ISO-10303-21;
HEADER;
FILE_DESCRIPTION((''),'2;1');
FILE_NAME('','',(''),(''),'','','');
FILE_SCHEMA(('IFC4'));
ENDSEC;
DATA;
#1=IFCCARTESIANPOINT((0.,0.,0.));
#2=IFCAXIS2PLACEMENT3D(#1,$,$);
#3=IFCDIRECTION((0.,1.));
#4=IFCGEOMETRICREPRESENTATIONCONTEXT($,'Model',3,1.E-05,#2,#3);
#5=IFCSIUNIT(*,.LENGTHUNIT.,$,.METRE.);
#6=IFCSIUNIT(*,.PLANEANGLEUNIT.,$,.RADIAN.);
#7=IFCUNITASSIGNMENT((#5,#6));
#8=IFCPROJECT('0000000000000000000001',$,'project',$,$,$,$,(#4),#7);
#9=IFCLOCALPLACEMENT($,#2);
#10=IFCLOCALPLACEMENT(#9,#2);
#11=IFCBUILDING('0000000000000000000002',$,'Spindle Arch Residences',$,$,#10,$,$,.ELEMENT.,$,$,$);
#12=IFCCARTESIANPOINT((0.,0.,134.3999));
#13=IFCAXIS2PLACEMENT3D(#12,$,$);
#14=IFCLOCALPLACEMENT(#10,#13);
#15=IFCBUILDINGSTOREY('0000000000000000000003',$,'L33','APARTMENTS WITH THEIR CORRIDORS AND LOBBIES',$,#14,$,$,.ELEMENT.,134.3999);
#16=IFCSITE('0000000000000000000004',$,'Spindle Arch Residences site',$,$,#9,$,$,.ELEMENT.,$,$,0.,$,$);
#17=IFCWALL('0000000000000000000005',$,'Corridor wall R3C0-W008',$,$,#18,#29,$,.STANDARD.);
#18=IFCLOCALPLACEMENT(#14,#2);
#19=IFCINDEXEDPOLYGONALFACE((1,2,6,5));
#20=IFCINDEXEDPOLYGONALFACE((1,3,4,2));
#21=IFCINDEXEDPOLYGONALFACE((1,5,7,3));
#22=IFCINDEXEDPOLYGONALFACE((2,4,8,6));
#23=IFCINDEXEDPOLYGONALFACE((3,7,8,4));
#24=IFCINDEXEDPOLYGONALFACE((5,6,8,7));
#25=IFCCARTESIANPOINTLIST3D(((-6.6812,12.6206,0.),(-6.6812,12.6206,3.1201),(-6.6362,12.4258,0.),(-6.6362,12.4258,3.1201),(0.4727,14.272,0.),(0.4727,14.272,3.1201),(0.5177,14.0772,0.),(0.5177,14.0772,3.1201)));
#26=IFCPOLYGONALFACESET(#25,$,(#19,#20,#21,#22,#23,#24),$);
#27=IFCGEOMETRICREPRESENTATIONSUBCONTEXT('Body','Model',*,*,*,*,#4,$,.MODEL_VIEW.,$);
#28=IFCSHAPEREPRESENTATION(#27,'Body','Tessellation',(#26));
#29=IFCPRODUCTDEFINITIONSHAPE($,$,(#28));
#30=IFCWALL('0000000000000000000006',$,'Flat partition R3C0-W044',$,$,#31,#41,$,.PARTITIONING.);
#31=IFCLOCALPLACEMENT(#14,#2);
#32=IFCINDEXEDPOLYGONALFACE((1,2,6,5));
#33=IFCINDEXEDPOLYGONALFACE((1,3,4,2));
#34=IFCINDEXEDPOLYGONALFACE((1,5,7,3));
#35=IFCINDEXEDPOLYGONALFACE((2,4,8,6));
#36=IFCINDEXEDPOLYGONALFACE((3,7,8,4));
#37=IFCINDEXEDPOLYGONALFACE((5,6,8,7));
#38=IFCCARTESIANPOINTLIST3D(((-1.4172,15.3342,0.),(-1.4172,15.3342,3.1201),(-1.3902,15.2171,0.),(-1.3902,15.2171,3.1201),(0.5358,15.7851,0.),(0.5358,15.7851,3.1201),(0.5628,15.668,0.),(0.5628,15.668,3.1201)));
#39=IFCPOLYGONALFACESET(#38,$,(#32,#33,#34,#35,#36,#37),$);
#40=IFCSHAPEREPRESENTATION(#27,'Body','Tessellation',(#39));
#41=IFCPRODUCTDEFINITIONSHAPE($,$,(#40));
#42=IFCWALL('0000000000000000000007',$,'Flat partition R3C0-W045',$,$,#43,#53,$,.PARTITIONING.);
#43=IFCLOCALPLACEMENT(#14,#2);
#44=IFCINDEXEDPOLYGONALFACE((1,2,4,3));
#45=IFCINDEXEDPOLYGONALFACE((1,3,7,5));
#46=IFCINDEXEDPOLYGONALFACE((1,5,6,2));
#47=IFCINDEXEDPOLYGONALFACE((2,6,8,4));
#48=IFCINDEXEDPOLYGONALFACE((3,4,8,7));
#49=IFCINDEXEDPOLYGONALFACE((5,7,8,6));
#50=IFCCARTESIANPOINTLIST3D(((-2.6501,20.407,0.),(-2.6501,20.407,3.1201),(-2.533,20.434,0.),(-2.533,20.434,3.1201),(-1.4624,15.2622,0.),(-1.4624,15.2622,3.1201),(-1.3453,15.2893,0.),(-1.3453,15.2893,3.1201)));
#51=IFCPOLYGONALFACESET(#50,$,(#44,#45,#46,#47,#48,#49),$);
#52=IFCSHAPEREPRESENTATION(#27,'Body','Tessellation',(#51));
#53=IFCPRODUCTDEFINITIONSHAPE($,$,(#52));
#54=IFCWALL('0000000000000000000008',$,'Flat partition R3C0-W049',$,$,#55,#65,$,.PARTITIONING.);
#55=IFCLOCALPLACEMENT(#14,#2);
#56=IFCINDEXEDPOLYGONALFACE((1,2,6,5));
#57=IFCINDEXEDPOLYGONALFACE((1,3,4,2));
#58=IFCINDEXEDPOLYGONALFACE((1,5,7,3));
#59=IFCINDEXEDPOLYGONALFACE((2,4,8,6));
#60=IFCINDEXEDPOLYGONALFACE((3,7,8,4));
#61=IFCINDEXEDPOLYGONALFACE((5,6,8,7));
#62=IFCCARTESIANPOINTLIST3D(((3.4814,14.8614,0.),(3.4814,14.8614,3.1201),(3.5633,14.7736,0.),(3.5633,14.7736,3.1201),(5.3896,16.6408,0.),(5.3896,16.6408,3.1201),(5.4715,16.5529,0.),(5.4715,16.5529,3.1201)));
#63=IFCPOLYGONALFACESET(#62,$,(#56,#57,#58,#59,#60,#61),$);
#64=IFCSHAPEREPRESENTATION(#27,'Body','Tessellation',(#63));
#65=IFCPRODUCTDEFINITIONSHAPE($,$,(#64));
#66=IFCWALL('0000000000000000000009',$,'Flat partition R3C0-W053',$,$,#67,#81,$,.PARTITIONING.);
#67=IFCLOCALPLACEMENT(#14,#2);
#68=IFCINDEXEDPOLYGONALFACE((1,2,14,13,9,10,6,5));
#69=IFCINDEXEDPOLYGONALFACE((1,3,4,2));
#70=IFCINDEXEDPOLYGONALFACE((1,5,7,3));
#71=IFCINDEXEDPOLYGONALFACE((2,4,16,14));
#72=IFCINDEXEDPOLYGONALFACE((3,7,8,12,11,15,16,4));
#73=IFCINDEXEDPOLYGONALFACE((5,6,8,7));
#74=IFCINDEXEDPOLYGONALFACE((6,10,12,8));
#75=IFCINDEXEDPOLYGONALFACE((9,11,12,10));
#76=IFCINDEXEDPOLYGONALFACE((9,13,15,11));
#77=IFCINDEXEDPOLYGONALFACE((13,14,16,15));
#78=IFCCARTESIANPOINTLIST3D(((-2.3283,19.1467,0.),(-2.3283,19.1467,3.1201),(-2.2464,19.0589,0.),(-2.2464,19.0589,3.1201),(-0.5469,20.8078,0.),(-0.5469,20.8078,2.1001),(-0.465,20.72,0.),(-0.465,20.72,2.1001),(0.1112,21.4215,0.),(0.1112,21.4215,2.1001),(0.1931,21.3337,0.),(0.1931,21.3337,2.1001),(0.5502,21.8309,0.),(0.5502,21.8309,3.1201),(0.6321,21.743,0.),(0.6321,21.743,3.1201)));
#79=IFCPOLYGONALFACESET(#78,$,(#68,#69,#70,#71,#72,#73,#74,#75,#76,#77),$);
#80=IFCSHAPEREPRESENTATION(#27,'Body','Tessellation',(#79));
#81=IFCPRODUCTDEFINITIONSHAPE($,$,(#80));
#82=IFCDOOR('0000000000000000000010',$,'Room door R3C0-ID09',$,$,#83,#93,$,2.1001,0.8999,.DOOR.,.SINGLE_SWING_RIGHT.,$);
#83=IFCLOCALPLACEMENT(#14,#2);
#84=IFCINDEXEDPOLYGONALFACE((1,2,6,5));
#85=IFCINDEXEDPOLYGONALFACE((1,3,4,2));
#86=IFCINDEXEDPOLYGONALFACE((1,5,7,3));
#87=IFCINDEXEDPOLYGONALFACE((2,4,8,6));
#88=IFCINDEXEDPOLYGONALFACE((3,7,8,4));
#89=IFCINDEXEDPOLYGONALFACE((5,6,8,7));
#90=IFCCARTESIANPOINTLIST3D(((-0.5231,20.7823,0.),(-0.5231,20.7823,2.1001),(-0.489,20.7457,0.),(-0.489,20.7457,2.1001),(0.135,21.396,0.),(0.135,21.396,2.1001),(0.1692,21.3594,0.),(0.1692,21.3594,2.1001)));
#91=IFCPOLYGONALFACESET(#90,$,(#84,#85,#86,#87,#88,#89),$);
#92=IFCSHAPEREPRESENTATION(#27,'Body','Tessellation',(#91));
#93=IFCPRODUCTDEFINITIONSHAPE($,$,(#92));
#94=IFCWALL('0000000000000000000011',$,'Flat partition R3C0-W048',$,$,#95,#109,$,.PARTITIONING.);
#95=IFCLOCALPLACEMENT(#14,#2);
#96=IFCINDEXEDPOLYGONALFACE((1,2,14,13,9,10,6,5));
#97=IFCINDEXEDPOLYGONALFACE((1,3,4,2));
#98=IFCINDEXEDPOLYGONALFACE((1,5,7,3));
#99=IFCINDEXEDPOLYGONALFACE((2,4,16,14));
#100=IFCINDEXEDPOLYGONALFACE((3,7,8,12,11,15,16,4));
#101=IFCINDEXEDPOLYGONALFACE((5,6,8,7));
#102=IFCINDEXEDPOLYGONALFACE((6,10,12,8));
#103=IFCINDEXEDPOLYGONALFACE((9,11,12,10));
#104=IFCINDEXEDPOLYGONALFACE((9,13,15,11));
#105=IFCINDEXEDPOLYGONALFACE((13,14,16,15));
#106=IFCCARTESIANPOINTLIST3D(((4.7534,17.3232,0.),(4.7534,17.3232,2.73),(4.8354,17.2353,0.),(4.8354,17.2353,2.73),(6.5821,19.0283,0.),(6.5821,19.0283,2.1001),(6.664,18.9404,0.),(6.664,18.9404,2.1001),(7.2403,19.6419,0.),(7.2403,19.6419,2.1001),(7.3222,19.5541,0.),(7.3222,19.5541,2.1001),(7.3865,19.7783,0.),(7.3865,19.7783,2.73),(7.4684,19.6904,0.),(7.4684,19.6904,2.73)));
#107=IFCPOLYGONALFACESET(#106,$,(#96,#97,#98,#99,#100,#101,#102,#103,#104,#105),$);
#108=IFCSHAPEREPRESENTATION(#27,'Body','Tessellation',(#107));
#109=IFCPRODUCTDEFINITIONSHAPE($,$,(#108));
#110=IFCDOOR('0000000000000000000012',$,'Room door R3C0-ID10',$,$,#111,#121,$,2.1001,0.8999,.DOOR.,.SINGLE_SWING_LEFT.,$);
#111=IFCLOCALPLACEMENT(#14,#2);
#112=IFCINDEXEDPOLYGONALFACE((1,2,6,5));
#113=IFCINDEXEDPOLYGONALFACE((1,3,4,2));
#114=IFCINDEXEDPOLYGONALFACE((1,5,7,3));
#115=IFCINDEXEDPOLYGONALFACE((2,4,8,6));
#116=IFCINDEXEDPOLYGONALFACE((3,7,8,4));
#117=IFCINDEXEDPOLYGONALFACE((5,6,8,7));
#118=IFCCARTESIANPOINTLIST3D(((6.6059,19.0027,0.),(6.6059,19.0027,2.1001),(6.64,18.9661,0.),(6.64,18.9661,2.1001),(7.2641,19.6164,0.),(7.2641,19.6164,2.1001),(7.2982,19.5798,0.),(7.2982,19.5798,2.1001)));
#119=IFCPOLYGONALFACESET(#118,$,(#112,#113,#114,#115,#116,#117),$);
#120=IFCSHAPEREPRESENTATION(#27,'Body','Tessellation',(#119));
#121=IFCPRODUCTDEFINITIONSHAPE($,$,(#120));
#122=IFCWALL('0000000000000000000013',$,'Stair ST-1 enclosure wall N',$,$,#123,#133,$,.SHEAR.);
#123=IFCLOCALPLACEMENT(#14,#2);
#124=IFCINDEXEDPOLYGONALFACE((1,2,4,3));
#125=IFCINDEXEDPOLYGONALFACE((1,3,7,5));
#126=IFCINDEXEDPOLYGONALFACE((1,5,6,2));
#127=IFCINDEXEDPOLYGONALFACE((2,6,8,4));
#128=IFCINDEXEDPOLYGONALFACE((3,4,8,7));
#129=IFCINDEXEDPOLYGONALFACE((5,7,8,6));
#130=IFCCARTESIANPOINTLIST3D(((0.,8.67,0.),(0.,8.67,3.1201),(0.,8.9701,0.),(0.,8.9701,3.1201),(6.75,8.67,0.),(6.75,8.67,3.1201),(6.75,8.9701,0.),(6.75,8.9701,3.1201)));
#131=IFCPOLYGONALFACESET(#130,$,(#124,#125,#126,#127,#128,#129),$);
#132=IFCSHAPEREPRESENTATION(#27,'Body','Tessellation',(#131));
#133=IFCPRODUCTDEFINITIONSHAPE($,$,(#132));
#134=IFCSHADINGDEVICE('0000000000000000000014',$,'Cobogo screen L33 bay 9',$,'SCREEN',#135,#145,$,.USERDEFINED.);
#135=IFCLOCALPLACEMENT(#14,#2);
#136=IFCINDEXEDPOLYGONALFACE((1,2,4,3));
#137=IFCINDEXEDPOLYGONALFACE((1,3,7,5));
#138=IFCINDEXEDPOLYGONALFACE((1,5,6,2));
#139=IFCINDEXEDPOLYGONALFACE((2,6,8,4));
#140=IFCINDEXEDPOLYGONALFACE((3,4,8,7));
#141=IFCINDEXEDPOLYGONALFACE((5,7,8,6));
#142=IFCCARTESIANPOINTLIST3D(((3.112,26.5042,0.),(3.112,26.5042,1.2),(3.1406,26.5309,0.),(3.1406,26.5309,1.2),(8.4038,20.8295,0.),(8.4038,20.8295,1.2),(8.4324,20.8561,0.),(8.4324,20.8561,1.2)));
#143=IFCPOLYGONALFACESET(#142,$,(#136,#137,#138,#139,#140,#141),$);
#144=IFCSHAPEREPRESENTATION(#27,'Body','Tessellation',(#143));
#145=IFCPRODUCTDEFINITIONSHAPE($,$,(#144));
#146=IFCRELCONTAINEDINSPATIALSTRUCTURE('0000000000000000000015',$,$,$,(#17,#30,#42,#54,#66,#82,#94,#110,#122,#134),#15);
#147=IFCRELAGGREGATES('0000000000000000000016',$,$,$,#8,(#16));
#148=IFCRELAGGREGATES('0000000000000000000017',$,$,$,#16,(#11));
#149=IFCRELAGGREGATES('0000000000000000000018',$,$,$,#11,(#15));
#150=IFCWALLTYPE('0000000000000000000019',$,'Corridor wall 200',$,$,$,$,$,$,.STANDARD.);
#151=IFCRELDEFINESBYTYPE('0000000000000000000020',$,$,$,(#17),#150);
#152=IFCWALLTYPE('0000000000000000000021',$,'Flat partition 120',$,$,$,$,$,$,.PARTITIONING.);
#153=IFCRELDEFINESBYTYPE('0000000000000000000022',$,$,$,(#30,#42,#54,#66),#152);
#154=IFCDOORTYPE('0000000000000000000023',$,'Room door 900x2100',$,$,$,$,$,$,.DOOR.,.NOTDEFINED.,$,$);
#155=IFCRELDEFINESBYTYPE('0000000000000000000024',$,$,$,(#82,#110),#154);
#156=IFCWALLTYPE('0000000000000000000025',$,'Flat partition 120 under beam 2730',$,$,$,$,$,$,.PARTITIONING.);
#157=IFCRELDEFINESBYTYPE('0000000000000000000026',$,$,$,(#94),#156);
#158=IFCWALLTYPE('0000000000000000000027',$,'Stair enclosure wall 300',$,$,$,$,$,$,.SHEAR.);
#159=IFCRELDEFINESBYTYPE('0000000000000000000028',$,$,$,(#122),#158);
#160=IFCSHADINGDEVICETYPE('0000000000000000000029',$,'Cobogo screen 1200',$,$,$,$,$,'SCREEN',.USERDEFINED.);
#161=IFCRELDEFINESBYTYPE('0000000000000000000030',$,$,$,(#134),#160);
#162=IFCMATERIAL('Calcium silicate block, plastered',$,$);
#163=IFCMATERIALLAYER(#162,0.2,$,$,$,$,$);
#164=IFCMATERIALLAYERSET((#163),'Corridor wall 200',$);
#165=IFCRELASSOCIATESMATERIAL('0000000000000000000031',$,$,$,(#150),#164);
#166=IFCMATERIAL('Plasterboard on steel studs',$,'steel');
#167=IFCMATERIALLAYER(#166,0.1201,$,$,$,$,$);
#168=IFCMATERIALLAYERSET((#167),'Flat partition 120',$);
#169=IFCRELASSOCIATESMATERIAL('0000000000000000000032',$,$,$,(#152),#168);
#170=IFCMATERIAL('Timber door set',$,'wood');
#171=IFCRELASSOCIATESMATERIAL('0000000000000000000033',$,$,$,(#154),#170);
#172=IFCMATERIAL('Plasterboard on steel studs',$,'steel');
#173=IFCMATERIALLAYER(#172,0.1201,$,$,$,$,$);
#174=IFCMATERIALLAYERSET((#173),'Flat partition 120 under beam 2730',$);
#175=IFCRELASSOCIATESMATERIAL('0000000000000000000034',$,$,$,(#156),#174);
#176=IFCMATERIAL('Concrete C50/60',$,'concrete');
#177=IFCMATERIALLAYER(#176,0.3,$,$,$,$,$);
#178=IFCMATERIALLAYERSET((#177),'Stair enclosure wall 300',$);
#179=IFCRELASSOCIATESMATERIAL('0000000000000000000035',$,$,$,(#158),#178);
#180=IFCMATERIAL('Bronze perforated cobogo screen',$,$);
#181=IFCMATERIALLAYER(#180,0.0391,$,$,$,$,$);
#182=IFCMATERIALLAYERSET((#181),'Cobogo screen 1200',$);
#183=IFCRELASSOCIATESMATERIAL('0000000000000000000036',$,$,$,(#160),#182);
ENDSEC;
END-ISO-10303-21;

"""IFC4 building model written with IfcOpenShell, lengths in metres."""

from ifc_helpers import new_model, si_unit, direction, frame, frame_2d, origin, origin_2d, place, context, subcontext, project, spatial, rectangle, extrude, material, layer, layer_set, type_object, element, fill, save


model = new_model("IFC4")

# Units and contexts
model_context = context("Model", 3, precision=1e-05, world=origin(), true_north=direction((0.0, 1.0)))
body_context = subcontext(model_context, "Body", "Model", "MODEL_VIEW")
ifc_project = project(units=[si_unit("LENGTHUNIT", "METRE"), si_unit("PLANEANGLEUNIT", "RADIAN")], contexts=[model_context])

# Site, building, storey
site_placement = place(None, origin())
site = spatial("IfcSite", under=ifc_project, at=site_placement, Name="Spindle Arch Residences site", CompositionType="ELEMENT", RefElevation=0.0)
building_placement = place(site_placement, origin())
building = spatial("IfcBuilding", under=site, at=building_placement, Name="Spindle Arch Residences", CompositionType="ELEMENT")
storey_placement = place(building_placement, frame((0.0, 0.0, 134.3999)))
storey = spatial("IfcBuildingStorey", under=building, at=storey_placement, Name="L33", Description="APARTMENTS WITH THEIR CORRIDORS AND LOBBIES", CompositionType="ELEMENT", Elevation=134.3999)

# Walls
ifc_material_1 = material(Name="Calcium silicate block, plastered")
ifc_layer_1 = layer(ifc_material_1, 0.2)
ifc_layer_set_1 = layer_set([ifc_layer_1], Name="Corridor wall 200")
wall_type_1 = type_object("IfcWallType", Name="Corridor wall 200", PredefinedType="STANDARD", material=ifc_layer_set_1)
wall_1_placement = place(storey_placement, frame((0.4951, 14.1746, 0.0), z_axis=(0.0, 0.0, 1.0), x_axis=(-0.974377, -0.224923, 0.0)))
element("IfcWall", 1, at=wall_1_placement, inside=storey, type_object=wall_type_1, Name="Corridor wall R3C0-W008", PredefinedType="STANDARD", context=body_context, shape_type="SweptSolid", body=[
    extrude(rectangle(XDim=7.342, YDim=0.2, at=frame_2d((3.6709, 0.0))), origin(), (0.0, 0.0, 1.0), 3.1201),
])
ifc_material_2 = material(Name="Plasterboard on steel studs", Category="steel")
ifc_layer_2 = layer(ifc_material_2, 0.1201)
ifc_layer_set_2 = layer_set([ifc_layer_2], Name="Flat partition 120")
wall_type_2 = type_object("IfcWallType", Name="Flat partition 120", PredefinedType="PARTITIONING", material=ifc_layer_set_2)
wall_2_placement = place(storey_placement, frame((0.5493, 15.7266, 0.0), z_axis=(0.0, 0.0, 1.0), x_axis=(-0.974369, -0.224957, 0.0)))
element("IfcWall", 2, at=wall_2_placement, inside=storey, type_object=wall_type_2, Name="Flat partition R3C0-W044", PredefinedType="PARTITIONING", context=body_context, shape_type="SweptSolid", body=[
    extrude(rectangle(XDim=2.0044, YDim=0.1201, at=frame_2d((1.0022, 0.0))), origin(), (0.0, 0.0, 1.0), 3.1201),
])
wall_3_placement = place(storey_placement, frame((-1.4038, 15.2756, 0.0), z_axis=(0.0, 0.0, 1.0), x_axis=(-0.224947, 0.974371, 0.0)))
element("IfcWall", 3, at=wall_3_placement, inside=storey, type_object=wall_type_2, Name="Flat partition R3C0-W045", PredefinedType="PARTITIONING", context=body_context, shape_type="SweptSolid", body=[
    extrude(rectangle(XDim=5.28, YDim=0.1201, at=frame_2d((2.6401, 0.0))), origin(), (0.0, 0.0, 1.0), 3.1201),
])
wall_4_placement = place(storey_placement, frame((5.4307, 16.5969, 0.0), z_axis=(0.0, 0.0, 1.0), x_axis=(-0.731379, -0.681971, 0.0)))
element("IfcWall", 4, at=wall_4_placement, inside=storey, type_object=wall_type_2, Name="Flat partition R3C0-W049", PredefinedType="PARTITIONING", context=body_context, shape_type="SweptSolid", body=[
    extrude(rectangle(XDim=2.6091, YDim=0.1201, at=frame_2d((1.3047, 0.0))), origin(), (0.0, 0.0, 1.0), 3.1201),
])

# Walls, openings, doors
wall_5_placement = place(storey_placement, frame((0.5911, 21.7869, 0.0), z_axis=(0.0, 0.0, 1.0), x_axis=(-0.731365, -0.681987, 0.0)))
wall_5 = element("IfcWall", 5, at=wall_5_placement, inside=storey, type_object=wall_type_2, Name="Flat partition R3C0-W053", PredefinedType="PARTITIONING", context=body_context, shape_type="SweptSolid", body=[
    extrude(rectangle(XDim=3.9358, YDim=0.1201, at=frame_2d((1.9678, 0.0))), origin(), (0.0, 0.0, 1.0), 3.1201),
])
opening_1_placement = place(wall_5_placement, frame((0.6001, 0.0, 0.0)))
opening_1 = element("IfcOpeningElement", 6, at=opening_1_placement, cuts=wall_5, PredefinedType="OPENING", context=body_context, shape_type="SweptSolid", body=[
    extrude(rectangle(XDim=0.8999, YDim=2.1001, at=frame_2d((0.45, 1.05))), frame((0.0, 0.0701, 0.0), z_axis=(0.0, -1.0, 0.0), x_axis=(1.0, 0.0, 0.0)), (0.0, 0.0, 1.0), 0.1401),
])
ifc_material_3 = material(Name="Timber door set", Category="wood")
door_type_1 = type_object("IfcDoorType", Name="Room door 900x2100", OperationType="NOTDEFINED", PredefinedType="DOOR", material=ifc_material_3)
door_1_placement = place(opening_1_placement, origin())
door_1 = element("IfcDoor", 7, at=door_1_placement, inside=storey, type_object=door_type_1, Name="Room door R3C0-ID09", OperationType="SINGLE_SWING_RIGHT", OverallHeight=2.1001, OverallWidth=0.8999, PredefinedType="DOOR", context=body_context, shape_type="SweptSolid", body=[
    extrude(rectangle(XDim=0.8999, YDim=2.1001, at=frame_2d((0.45, 1.05))), frame((0.0, 0.0249, 0.0), z_axis=(0.0, -1.0, 0.0), x_axis=(1.0, 0.0, 0.0)), (0.0, 0.0, 1.0), 0.05),
])
fill(opening_1, door_1)
ifc_material_4 = material(Name="Plasterboard on steel studs", Category="steel")
ifc_layer_3 = layer(ifc_material_4, 0.1201)
ifc_layer_set_3 = layer_set([ifc_layer_3], Name="Flat partition 120 under beam 2730")
wall_type_3 = type_object("IfcWallType", Name="Flat partition 120 under beam 2730", PredefinedType="PARTITIONING", material=ifc_layer_set_3)
wall_6_placement = place(storey_placement, frame((7.4275, 19.7344, 0.0), z_axis=(0.0, 0.0, 1.0), x_axis=(-0.731393, -0.681956, 0.0)))
wall_6 = element("IfcWall", 8, at=wall_6_placement, inside=storey, type_object=wall_type_3, Name="Flat partition R3C0-W048", PredefinedType="PARTITIONING", context=body_context, shape_type="SweptSolid", body=[
    extrude(rectangle(XDim=3.6001, YDim=0.1201, at=frame_2d((1.8, 0.0))), origin(), (0.0, 0.0, 1.0), 2.73),
])
opening_2_placement = place(wall_6_placement, frame((0.2, 0.0, 0.0)))
opening_2 = element("IfcOpeningElement", 9, at=opening_2_placement, cuts=wall_6, PredefinedType="OPENING", context=body_context, shape_type="SweptSolid", body=[
    extrude(rectangle(XDim=0.8999, YDim=2.1001, at=frame_2d((0.45, 1.05))), frame((0.0, 0.0701, 0.0), z_axis=(0.0, -1.0, 0.0), x_axis=(1.0, 0.0, 0.0)), (0.0, 0.0, 1.0), 0.1401),
])
door_2_placement = place(opening_2_placement, origin())
door_2 = element("IfcDoor", 10, at=door_2_placement, inside=storey, type_object=door_type_1, Name="Room door R3C0-ID10", OperationType="SINGLE_SWING_LEFT", OverallHeight=2.1001, OverallWidth=0.8999, PredefinedType="DOOR", context=body_context, shape_type="SweptSolid", body=[
    extrude(rectangle(XDim=0.8999, YDim=2.1001, at=frame_2d((0.45, 1.05))), frame((0.0, 0.0249, 0.0), z_axis=(0.0, -1.0, 0.0), x_axis=(1.0, 0.0, 0.0)), (0.0, 0.0, 1.0), 0.05),
])
fill(opening_2, door_2)

# Wall
ifc_material_5 = material(Name="Concrete C50/60", Category="concrete")
ifc_layer_4 = layer(ifc_material_5, 0.3)
ifc_layer_set_4 = layer_set([ifc_layer_4], Name="Stair enclosure wall 300")
wall_type_4 = type_object("IfcWallType", Name="Stair enclosure wall 300", PredefinedType="SHEAR", material=ifc_layer_set_4)
wall_7_placement = place(storey_placement, frame((0.0, 8.8201, 0.0), z_axis=(0.0, 0.0, 1.0), x_axis=(1.0, 0.0, 0.0)))
element("IfcWall", 11, at=wall_7_placement, inside=storey, type_object=wall_type_4, Name="Stair ST-1 enclosure wall N", PredefinedType="SHEAR", context=body_context, shape_type="SweptSolid", body=[
    extrude(rectangle(XDim=6.75, YDim=0.3, at=frame_2d((3.375, 0.0))), origin(), (0.0, 0.0, 1.0), 3.1201),
])

# Shading device
ifc_material_6 = material(Name="Bronze perforated cobogo screen")
ifc_layer_5 = layer(ifc_material_6, 0.0391)
ifc_layer_set_5 = layer_set([ifc_layer_5], Name="Cobogo screen 1200")
shading_device_type = type_object("IfcShadingDeviceType", Name="Cobogo screen 1200", ElementType="SCREEN", PredefinedType="USERDEFINED", material=ifc_layer_set_5)
shading_device_placement = place(storey_placement, frame((5.7722, 23.6802, 0.0), z_axis=(0.0, 0.0, 1.0), x_axis=(-0.681998, 0.731354, 0.0)))
element("IfcShadingDevice", 12, at=shading_device_placement, inside=storey, type_object=shading_device_type, Name="Cobogo screen L33 bay 9", ObjectType="SCREEN", PredefinedType="USERDEFINED", context=body_context, shape_type="SweptSolid", body=[
    extrude(rectangle(XDim=7.7593, YDim=0.0391, at=origin_2d()), origin(), (0.0, 0.0, 1.0), 1.2),
])

save(model, "model.ifc")
